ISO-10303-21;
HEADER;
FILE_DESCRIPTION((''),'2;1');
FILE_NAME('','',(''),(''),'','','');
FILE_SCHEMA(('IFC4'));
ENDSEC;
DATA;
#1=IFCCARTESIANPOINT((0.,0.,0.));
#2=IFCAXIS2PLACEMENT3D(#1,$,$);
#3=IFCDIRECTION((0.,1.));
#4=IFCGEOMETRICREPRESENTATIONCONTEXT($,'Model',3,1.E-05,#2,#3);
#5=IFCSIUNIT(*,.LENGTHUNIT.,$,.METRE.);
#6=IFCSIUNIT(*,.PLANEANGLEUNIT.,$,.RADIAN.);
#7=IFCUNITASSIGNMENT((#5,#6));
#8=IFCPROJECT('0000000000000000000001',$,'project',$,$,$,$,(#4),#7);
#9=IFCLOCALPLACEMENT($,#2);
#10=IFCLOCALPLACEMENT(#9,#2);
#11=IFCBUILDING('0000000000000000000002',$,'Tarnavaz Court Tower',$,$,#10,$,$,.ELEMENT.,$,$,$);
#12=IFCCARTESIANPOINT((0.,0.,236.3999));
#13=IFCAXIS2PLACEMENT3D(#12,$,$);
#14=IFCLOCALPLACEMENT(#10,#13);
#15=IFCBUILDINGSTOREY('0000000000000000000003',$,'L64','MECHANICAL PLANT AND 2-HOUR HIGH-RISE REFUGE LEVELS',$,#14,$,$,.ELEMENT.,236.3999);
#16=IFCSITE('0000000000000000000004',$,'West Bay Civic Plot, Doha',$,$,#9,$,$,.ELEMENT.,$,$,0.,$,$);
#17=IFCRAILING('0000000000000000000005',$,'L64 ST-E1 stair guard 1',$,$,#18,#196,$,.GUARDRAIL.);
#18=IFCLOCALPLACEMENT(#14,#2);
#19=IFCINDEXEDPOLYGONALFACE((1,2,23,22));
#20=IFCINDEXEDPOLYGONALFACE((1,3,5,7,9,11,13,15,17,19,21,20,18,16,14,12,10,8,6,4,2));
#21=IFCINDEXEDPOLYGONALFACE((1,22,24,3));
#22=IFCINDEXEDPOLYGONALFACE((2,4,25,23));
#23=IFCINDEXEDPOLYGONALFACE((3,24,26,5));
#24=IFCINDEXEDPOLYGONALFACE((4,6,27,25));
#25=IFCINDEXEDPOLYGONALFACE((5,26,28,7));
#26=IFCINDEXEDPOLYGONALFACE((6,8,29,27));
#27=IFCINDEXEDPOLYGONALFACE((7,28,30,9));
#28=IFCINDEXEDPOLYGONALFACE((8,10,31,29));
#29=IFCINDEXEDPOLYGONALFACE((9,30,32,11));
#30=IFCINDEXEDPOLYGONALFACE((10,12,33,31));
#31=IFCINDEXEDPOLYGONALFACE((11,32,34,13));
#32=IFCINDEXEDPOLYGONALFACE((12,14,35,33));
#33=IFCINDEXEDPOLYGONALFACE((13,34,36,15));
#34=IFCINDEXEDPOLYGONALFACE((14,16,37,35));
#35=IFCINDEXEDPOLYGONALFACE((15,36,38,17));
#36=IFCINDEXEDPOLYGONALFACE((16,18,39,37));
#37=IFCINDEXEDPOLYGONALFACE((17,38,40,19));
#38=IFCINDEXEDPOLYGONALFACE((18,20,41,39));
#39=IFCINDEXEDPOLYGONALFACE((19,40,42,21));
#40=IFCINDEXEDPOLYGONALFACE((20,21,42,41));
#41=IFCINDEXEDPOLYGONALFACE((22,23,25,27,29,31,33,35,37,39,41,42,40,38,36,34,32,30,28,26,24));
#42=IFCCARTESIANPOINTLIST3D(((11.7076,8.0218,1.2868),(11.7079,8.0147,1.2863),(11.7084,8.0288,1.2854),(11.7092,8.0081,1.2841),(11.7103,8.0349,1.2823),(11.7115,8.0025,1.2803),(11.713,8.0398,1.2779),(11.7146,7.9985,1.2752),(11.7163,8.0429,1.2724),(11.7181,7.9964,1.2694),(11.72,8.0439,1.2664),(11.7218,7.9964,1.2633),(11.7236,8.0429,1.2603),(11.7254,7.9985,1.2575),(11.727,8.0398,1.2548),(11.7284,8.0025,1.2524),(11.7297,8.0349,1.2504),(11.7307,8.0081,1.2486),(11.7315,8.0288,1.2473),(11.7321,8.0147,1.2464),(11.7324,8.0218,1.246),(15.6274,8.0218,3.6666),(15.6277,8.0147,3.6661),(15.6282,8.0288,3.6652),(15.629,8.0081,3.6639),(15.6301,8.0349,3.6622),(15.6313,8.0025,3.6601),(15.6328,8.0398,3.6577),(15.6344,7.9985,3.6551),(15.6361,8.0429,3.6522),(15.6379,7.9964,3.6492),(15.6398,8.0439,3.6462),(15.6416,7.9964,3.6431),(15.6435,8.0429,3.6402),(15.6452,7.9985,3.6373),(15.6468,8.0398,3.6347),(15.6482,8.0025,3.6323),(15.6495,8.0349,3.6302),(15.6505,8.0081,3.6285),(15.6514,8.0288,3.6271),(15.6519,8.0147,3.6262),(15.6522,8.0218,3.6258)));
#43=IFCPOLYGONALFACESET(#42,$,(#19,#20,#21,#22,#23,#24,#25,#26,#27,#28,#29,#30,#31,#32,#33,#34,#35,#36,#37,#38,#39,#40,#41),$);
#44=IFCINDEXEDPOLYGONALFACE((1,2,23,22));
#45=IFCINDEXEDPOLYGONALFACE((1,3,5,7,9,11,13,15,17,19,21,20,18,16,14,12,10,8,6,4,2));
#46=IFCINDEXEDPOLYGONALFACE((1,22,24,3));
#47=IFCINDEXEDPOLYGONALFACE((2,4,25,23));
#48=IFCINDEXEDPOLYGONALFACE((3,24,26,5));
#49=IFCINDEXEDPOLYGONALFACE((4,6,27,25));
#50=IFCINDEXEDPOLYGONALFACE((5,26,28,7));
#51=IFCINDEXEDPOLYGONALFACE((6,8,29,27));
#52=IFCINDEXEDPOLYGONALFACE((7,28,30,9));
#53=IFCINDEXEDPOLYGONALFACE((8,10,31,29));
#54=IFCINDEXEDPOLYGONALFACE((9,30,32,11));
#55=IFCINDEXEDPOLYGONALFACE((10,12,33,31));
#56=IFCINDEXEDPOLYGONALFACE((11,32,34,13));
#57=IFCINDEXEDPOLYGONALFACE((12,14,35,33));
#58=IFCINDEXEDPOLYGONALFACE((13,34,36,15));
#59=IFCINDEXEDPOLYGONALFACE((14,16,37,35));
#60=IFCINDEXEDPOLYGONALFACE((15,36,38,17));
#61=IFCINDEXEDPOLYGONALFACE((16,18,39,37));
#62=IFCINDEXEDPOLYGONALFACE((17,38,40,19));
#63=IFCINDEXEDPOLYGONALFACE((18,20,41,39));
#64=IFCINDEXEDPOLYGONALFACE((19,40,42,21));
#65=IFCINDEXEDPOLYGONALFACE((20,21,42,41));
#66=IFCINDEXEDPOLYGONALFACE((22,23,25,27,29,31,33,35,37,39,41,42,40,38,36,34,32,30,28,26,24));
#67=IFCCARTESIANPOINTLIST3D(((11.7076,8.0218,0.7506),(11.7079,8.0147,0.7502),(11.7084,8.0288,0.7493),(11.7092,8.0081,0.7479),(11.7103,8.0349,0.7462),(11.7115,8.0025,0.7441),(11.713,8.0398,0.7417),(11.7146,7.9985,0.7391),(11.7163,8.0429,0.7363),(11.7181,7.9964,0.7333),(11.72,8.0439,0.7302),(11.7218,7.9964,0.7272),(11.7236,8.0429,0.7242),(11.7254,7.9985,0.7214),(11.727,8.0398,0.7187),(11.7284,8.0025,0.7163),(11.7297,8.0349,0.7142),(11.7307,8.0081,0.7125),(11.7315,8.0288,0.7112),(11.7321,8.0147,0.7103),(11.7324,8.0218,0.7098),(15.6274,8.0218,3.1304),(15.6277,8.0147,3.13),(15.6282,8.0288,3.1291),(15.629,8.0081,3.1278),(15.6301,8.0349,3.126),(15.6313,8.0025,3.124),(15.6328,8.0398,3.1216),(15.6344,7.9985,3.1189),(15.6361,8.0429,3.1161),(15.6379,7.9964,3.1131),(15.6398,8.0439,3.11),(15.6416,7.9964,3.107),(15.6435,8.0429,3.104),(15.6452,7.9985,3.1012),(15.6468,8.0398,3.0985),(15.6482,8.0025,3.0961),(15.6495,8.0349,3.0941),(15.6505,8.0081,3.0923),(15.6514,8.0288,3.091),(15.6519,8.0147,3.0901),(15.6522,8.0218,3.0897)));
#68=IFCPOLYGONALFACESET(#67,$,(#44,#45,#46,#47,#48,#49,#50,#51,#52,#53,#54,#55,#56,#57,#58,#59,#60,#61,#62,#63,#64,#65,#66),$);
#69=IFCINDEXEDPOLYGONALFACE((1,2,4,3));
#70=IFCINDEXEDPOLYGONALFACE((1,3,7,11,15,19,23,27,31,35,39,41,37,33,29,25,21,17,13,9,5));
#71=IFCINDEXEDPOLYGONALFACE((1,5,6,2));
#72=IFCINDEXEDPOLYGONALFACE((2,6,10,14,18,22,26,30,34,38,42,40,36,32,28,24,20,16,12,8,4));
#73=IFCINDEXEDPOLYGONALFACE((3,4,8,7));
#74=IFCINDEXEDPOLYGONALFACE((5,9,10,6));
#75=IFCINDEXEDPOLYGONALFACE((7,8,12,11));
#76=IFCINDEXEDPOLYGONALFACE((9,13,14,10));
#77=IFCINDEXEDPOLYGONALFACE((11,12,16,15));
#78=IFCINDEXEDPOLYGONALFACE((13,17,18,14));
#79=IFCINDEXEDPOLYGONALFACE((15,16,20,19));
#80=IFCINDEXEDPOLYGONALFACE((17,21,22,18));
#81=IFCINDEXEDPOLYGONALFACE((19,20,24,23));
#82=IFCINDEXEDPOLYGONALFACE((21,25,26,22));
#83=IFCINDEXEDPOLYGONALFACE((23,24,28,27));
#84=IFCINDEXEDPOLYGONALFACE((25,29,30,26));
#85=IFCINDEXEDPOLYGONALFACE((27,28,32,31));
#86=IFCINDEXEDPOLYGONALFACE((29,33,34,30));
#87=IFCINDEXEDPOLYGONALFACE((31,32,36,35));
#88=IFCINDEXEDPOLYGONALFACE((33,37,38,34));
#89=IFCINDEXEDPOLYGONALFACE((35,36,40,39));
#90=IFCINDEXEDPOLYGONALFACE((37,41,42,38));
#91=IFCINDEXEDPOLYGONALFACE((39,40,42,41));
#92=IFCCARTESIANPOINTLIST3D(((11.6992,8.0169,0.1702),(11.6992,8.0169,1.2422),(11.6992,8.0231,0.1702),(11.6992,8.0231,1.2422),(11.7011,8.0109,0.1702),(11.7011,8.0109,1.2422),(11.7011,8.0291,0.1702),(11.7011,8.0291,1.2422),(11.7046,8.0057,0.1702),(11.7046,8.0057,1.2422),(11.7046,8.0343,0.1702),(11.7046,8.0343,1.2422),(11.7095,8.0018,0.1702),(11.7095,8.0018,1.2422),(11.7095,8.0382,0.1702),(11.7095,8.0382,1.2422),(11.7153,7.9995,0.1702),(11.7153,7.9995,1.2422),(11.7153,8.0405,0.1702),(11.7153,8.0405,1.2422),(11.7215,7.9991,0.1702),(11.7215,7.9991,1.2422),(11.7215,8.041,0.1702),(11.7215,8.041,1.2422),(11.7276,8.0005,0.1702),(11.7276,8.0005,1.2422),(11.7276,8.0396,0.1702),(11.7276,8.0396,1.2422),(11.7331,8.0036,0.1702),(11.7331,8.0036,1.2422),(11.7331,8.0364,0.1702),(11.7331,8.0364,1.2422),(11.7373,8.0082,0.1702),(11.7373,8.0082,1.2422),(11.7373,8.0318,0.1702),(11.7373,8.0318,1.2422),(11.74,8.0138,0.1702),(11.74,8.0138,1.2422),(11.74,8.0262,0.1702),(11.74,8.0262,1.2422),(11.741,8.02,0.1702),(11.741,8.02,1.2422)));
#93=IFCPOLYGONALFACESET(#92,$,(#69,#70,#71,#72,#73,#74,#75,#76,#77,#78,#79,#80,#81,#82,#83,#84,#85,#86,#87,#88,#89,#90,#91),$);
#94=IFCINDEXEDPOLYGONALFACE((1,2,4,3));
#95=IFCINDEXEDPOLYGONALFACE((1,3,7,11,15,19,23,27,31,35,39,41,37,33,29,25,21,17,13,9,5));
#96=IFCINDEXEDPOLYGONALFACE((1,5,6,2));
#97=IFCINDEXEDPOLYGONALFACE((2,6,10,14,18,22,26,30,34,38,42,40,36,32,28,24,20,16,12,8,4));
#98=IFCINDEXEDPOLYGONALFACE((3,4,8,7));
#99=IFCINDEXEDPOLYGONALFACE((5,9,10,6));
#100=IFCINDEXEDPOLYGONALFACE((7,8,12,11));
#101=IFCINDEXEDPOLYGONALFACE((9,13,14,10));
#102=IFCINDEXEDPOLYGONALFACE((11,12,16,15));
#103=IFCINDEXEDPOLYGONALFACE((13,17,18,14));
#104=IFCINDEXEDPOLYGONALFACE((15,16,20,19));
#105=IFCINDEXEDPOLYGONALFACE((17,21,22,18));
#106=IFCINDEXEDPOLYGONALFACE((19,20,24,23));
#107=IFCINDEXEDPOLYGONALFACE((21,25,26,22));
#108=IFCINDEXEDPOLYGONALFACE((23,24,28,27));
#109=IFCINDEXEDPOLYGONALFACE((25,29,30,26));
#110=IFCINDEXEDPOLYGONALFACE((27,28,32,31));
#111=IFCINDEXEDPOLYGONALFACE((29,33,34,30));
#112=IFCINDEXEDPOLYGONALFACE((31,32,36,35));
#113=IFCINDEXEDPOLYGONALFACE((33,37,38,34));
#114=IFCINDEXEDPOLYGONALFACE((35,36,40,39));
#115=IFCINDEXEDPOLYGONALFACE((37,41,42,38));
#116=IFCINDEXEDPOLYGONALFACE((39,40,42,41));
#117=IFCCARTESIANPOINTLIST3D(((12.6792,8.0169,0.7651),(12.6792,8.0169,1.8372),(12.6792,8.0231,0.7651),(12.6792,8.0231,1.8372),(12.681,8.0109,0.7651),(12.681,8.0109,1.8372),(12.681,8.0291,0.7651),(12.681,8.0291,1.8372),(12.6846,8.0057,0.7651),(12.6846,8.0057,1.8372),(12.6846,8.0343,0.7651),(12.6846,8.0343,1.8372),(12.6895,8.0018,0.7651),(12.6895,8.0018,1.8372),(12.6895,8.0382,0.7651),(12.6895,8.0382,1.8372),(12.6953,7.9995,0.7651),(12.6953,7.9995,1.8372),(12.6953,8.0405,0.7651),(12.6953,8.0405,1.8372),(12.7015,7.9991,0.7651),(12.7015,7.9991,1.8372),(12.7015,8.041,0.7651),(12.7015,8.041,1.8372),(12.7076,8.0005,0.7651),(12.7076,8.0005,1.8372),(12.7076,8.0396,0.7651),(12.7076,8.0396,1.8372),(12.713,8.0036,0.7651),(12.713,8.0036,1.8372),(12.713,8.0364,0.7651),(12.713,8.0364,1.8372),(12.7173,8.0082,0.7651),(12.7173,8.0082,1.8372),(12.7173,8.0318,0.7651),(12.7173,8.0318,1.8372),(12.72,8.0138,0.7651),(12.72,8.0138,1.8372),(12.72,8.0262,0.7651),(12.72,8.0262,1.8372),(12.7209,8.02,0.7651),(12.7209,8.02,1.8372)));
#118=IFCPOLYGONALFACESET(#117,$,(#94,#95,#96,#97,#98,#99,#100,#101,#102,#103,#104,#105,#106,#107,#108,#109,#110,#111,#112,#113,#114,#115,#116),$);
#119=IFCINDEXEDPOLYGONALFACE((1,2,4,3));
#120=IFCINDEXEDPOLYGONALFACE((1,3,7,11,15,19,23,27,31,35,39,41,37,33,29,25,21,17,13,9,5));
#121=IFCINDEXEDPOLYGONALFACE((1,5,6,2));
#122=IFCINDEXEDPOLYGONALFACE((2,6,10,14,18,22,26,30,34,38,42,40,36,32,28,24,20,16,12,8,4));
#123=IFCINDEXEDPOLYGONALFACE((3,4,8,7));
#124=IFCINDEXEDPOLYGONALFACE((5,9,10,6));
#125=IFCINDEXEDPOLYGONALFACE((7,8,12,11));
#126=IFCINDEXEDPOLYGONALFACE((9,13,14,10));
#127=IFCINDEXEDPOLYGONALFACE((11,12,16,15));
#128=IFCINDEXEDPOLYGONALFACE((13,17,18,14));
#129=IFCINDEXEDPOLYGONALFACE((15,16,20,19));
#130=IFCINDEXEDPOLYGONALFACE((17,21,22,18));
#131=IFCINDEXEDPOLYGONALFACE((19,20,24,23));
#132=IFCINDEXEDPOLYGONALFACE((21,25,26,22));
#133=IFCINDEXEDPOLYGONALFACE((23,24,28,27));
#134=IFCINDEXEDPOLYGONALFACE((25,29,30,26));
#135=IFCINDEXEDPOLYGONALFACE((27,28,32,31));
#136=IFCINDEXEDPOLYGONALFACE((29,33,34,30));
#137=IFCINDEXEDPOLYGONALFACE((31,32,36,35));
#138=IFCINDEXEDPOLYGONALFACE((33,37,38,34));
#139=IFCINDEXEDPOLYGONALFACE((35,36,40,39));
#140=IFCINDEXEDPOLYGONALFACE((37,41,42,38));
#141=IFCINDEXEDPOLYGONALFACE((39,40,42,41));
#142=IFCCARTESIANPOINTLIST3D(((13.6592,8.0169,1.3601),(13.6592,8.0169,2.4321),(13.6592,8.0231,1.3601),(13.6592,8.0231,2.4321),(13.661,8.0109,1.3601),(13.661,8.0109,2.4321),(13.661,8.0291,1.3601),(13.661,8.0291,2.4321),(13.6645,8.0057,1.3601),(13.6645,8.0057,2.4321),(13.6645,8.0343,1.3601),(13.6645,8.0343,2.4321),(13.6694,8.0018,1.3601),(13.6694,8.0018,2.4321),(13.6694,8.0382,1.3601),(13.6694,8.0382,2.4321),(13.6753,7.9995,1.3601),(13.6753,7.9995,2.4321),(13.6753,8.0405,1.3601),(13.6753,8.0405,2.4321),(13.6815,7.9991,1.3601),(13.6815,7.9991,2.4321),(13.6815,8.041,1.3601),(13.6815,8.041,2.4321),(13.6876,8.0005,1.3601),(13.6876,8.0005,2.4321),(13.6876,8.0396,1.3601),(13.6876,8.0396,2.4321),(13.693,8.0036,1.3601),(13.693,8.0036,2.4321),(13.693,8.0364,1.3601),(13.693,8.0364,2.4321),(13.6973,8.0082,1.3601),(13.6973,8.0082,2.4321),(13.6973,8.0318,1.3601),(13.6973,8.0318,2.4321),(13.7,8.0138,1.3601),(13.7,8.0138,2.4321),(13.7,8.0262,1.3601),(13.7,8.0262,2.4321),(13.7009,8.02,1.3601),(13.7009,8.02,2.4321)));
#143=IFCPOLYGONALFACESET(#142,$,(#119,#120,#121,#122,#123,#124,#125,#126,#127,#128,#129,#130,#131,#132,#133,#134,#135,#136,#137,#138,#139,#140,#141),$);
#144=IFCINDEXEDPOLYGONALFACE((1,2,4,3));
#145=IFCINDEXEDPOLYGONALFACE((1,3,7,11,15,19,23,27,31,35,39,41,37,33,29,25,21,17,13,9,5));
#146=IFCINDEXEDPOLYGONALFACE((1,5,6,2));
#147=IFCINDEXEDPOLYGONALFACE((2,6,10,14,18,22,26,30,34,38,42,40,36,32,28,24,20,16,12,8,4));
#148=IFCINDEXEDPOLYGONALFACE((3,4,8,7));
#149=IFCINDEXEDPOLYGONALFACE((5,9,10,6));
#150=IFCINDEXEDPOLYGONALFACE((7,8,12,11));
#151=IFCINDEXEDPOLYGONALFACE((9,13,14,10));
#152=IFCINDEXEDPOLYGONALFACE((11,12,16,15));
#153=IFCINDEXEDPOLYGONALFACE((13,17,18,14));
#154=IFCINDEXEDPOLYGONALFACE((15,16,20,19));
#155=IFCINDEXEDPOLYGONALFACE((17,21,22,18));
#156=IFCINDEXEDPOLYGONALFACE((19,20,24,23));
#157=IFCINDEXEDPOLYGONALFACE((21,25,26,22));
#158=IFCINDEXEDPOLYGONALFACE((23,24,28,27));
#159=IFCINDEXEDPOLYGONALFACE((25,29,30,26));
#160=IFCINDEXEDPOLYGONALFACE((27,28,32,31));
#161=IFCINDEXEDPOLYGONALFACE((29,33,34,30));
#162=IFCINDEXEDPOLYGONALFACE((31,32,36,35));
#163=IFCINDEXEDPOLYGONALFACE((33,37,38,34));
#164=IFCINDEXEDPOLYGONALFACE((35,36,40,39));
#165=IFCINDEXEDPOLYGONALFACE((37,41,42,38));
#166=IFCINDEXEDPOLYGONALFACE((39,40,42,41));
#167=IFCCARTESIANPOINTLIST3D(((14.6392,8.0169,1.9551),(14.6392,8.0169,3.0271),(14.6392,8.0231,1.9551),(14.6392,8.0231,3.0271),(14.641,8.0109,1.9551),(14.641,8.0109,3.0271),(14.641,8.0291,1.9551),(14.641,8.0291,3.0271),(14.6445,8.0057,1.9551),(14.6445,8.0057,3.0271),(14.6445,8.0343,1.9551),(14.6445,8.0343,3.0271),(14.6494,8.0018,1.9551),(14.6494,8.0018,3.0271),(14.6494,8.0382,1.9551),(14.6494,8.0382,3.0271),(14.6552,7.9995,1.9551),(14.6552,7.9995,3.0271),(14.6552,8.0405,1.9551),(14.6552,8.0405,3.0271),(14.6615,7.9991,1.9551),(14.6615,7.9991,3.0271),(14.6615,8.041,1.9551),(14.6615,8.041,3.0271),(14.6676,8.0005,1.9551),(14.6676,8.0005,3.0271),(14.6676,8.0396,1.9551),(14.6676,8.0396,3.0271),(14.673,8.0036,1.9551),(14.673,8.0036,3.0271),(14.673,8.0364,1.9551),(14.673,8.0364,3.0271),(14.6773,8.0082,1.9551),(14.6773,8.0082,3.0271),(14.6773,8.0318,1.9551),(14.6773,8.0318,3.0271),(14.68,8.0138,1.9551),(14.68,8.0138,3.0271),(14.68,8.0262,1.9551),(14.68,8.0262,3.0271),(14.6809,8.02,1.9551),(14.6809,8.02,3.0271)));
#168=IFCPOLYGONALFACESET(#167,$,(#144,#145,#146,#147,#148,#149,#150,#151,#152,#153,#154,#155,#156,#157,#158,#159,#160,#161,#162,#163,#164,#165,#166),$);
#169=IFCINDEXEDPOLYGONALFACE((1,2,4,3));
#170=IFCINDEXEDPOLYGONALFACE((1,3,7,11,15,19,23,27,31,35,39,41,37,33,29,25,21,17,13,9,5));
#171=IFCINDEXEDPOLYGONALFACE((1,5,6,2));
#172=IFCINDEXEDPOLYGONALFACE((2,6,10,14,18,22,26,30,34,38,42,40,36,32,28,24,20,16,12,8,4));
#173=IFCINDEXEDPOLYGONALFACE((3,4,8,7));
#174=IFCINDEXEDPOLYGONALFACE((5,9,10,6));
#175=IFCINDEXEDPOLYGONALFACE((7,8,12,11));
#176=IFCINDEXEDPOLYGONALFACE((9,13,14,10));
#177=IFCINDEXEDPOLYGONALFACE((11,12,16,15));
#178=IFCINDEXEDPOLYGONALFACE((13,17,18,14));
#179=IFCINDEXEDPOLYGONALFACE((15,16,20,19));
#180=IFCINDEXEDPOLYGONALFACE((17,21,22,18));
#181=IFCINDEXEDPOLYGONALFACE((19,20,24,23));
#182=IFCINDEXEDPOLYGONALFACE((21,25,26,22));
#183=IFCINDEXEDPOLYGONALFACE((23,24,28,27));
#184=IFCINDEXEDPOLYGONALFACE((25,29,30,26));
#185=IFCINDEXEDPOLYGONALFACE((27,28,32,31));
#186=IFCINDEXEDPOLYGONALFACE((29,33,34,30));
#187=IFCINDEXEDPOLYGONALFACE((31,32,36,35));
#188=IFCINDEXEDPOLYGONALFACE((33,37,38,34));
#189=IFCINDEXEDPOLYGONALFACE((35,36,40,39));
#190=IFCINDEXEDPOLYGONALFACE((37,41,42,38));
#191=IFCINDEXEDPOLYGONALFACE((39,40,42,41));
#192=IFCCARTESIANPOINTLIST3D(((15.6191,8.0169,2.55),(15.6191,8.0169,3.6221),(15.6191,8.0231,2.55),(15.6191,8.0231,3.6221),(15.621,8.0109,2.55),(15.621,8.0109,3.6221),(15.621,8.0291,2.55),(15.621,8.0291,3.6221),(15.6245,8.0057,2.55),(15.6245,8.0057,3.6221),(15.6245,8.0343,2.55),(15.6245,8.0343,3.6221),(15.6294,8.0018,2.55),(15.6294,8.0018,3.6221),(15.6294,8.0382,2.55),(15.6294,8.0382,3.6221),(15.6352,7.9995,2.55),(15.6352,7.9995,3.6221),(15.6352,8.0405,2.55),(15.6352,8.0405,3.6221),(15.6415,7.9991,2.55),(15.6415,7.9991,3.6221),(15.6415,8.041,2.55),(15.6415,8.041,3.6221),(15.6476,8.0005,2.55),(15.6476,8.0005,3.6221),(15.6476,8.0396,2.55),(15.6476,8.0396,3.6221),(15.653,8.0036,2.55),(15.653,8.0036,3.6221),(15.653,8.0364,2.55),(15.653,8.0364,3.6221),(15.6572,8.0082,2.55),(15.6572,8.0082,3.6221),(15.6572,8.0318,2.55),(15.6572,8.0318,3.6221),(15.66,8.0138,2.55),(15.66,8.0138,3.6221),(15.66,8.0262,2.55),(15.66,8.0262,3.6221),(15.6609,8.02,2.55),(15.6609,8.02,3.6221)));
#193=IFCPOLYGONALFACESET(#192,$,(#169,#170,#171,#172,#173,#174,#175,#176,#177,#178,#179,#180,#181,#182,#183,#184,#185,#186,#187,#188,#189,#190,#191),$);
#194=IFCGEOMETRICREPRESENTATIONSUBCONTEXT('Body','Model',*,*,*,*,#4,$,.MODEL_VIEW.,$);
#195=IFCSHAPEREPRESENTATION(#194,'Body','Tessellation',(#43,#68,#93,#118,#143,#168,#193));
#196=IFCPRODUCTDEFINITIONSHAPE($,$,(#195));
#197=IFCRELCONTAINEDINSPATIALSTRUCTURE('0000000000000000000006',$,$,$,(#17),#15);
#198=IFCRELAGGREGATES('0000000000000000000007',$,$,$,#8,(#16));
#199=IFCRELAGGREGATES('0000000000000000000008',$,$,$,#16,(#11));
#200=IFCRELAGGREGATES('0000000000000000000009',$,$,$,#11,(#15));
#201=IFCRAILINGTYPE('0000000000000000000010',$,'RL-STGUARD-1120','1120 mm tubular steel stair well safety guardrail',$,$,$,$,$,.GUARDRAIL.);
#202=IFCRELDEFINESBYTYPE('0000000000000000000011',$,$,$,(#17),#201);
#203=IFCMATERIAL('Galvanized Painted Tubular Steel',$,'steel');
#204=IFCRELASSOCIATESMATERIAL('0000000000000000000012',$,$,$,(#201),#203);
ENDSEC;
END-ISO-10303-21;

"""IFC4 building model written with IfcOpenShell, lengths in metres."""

from ifc_helpers import new_model, si_unit, direction, frame, origin, origin_2d, place, context, subcontext, project, spatial, circle, extrude, material, type_object, element, save


model = new_model("IFC4")

# Units and contexts
model_context = context("Model", 3, precision=1e-05, world=origin(), true_north=direction((0.0, 1.0)))
body_context = subcontext(model_context, "Body", "Model", "MODEL_VIEW")
ifc_project = project(units=[si_unit("LENGTHUNIT", "METRE"), si_unit("PLANEANGLEUNIT", "RADIAN")], contexts=[model_context])

# Site, building, storey
site_placement = place(None, origin())
site = spatial("IfcSite", under=ifc_project, at=site_placement, Name="West Bay Civic Plot, Doha", CompositionType="ELEMENT", RefElevation=0.0)
building_placement = place(site_placement, origin())
building = spatial("IfcBuilding", under=site, at=building_placement, Name="Tarnavaz Court Tower", CompositionType="ELEMENT")
storey_placement = place(building_placement, frame((0.0, 0.0, 236.3999)))
storey = spatial("IfcBuildingStorey", under=building, at=storey_placement, Name="L64", Description="MECHANICAL PLANT AND 2-HOUR HIGH-RISE REFUGE LEVELS", CompositionType="ELEMENT", Elevation=236.3999)

# Railing
ifc_material_1 = material(Name="Galvanized Painted Tubular Steel", Category="steel")
railing_type_1 = type_object("IfcRailingType", Name="RL-STGUARD-1120", Description="1120 mm tubular steel stair well safety guardrail", PredefinedType="GUARDRAIL", material=ifc_material_1)
railing_1_placement = place(storey_placement, frame((11.72, 8.02, 0.1702)))
element("IfcRailing", 1, at=railing_1_placement, inside=storey, type_object=railing_type_1, Name="L64 ST-E1 stair guard 1", PredefinedType="GUARDRAIL", context=body_context, shape_type="SweptSolid", body=[
    extrude(circle(Radius=0.0239, at=origin_2d()), frame((0.0, 0.0, 1.0962), z_axis=(0.854794, 0.0, 0.518967), x_axis=(0.0, 1.0, 0.0)), (0.0, 0.0, 1.0), 4.5857),
    extrude(circle(Radius=0.0239, at=origin_2d()), frame((0.0, 0.0, 0.5601), z_axis=(0.854794, 0.0, 0.518967), x_axis=(0.0, 1.0, 0.0)), (0.0, 0.0, 1.0), 4.5857),
    extrude(circle(Radius=0.021, at=origin_2d()), origin(), (0.0, 0.0, 1.0), 1.072),
    extrude(circle(Radius=0.021, at=origin_2d()), frame((0.98, 0.0, 0.595)), (0.0, 0.0, 1.0), 1.072),
    extrude(circle(Radius=0.021, at=origin_2d()), frame((1.96, 0.0, 1.1899)), (0.0, 0.0, 1.0), 1.072),
    extrude(circle(Radius=0.021, at=origin_2d()), frame((2.9399, 0.0, 1.7849)), (0.0, 0.0, 1.0), 1.072),
    extrude(circle(Radius=0.021, at=origin_2d()), frame((3.9199, 0.0, 2.3799)), (0.0, 0.0, 1.0), 1.072),
])

save(model, "model.ifc")
